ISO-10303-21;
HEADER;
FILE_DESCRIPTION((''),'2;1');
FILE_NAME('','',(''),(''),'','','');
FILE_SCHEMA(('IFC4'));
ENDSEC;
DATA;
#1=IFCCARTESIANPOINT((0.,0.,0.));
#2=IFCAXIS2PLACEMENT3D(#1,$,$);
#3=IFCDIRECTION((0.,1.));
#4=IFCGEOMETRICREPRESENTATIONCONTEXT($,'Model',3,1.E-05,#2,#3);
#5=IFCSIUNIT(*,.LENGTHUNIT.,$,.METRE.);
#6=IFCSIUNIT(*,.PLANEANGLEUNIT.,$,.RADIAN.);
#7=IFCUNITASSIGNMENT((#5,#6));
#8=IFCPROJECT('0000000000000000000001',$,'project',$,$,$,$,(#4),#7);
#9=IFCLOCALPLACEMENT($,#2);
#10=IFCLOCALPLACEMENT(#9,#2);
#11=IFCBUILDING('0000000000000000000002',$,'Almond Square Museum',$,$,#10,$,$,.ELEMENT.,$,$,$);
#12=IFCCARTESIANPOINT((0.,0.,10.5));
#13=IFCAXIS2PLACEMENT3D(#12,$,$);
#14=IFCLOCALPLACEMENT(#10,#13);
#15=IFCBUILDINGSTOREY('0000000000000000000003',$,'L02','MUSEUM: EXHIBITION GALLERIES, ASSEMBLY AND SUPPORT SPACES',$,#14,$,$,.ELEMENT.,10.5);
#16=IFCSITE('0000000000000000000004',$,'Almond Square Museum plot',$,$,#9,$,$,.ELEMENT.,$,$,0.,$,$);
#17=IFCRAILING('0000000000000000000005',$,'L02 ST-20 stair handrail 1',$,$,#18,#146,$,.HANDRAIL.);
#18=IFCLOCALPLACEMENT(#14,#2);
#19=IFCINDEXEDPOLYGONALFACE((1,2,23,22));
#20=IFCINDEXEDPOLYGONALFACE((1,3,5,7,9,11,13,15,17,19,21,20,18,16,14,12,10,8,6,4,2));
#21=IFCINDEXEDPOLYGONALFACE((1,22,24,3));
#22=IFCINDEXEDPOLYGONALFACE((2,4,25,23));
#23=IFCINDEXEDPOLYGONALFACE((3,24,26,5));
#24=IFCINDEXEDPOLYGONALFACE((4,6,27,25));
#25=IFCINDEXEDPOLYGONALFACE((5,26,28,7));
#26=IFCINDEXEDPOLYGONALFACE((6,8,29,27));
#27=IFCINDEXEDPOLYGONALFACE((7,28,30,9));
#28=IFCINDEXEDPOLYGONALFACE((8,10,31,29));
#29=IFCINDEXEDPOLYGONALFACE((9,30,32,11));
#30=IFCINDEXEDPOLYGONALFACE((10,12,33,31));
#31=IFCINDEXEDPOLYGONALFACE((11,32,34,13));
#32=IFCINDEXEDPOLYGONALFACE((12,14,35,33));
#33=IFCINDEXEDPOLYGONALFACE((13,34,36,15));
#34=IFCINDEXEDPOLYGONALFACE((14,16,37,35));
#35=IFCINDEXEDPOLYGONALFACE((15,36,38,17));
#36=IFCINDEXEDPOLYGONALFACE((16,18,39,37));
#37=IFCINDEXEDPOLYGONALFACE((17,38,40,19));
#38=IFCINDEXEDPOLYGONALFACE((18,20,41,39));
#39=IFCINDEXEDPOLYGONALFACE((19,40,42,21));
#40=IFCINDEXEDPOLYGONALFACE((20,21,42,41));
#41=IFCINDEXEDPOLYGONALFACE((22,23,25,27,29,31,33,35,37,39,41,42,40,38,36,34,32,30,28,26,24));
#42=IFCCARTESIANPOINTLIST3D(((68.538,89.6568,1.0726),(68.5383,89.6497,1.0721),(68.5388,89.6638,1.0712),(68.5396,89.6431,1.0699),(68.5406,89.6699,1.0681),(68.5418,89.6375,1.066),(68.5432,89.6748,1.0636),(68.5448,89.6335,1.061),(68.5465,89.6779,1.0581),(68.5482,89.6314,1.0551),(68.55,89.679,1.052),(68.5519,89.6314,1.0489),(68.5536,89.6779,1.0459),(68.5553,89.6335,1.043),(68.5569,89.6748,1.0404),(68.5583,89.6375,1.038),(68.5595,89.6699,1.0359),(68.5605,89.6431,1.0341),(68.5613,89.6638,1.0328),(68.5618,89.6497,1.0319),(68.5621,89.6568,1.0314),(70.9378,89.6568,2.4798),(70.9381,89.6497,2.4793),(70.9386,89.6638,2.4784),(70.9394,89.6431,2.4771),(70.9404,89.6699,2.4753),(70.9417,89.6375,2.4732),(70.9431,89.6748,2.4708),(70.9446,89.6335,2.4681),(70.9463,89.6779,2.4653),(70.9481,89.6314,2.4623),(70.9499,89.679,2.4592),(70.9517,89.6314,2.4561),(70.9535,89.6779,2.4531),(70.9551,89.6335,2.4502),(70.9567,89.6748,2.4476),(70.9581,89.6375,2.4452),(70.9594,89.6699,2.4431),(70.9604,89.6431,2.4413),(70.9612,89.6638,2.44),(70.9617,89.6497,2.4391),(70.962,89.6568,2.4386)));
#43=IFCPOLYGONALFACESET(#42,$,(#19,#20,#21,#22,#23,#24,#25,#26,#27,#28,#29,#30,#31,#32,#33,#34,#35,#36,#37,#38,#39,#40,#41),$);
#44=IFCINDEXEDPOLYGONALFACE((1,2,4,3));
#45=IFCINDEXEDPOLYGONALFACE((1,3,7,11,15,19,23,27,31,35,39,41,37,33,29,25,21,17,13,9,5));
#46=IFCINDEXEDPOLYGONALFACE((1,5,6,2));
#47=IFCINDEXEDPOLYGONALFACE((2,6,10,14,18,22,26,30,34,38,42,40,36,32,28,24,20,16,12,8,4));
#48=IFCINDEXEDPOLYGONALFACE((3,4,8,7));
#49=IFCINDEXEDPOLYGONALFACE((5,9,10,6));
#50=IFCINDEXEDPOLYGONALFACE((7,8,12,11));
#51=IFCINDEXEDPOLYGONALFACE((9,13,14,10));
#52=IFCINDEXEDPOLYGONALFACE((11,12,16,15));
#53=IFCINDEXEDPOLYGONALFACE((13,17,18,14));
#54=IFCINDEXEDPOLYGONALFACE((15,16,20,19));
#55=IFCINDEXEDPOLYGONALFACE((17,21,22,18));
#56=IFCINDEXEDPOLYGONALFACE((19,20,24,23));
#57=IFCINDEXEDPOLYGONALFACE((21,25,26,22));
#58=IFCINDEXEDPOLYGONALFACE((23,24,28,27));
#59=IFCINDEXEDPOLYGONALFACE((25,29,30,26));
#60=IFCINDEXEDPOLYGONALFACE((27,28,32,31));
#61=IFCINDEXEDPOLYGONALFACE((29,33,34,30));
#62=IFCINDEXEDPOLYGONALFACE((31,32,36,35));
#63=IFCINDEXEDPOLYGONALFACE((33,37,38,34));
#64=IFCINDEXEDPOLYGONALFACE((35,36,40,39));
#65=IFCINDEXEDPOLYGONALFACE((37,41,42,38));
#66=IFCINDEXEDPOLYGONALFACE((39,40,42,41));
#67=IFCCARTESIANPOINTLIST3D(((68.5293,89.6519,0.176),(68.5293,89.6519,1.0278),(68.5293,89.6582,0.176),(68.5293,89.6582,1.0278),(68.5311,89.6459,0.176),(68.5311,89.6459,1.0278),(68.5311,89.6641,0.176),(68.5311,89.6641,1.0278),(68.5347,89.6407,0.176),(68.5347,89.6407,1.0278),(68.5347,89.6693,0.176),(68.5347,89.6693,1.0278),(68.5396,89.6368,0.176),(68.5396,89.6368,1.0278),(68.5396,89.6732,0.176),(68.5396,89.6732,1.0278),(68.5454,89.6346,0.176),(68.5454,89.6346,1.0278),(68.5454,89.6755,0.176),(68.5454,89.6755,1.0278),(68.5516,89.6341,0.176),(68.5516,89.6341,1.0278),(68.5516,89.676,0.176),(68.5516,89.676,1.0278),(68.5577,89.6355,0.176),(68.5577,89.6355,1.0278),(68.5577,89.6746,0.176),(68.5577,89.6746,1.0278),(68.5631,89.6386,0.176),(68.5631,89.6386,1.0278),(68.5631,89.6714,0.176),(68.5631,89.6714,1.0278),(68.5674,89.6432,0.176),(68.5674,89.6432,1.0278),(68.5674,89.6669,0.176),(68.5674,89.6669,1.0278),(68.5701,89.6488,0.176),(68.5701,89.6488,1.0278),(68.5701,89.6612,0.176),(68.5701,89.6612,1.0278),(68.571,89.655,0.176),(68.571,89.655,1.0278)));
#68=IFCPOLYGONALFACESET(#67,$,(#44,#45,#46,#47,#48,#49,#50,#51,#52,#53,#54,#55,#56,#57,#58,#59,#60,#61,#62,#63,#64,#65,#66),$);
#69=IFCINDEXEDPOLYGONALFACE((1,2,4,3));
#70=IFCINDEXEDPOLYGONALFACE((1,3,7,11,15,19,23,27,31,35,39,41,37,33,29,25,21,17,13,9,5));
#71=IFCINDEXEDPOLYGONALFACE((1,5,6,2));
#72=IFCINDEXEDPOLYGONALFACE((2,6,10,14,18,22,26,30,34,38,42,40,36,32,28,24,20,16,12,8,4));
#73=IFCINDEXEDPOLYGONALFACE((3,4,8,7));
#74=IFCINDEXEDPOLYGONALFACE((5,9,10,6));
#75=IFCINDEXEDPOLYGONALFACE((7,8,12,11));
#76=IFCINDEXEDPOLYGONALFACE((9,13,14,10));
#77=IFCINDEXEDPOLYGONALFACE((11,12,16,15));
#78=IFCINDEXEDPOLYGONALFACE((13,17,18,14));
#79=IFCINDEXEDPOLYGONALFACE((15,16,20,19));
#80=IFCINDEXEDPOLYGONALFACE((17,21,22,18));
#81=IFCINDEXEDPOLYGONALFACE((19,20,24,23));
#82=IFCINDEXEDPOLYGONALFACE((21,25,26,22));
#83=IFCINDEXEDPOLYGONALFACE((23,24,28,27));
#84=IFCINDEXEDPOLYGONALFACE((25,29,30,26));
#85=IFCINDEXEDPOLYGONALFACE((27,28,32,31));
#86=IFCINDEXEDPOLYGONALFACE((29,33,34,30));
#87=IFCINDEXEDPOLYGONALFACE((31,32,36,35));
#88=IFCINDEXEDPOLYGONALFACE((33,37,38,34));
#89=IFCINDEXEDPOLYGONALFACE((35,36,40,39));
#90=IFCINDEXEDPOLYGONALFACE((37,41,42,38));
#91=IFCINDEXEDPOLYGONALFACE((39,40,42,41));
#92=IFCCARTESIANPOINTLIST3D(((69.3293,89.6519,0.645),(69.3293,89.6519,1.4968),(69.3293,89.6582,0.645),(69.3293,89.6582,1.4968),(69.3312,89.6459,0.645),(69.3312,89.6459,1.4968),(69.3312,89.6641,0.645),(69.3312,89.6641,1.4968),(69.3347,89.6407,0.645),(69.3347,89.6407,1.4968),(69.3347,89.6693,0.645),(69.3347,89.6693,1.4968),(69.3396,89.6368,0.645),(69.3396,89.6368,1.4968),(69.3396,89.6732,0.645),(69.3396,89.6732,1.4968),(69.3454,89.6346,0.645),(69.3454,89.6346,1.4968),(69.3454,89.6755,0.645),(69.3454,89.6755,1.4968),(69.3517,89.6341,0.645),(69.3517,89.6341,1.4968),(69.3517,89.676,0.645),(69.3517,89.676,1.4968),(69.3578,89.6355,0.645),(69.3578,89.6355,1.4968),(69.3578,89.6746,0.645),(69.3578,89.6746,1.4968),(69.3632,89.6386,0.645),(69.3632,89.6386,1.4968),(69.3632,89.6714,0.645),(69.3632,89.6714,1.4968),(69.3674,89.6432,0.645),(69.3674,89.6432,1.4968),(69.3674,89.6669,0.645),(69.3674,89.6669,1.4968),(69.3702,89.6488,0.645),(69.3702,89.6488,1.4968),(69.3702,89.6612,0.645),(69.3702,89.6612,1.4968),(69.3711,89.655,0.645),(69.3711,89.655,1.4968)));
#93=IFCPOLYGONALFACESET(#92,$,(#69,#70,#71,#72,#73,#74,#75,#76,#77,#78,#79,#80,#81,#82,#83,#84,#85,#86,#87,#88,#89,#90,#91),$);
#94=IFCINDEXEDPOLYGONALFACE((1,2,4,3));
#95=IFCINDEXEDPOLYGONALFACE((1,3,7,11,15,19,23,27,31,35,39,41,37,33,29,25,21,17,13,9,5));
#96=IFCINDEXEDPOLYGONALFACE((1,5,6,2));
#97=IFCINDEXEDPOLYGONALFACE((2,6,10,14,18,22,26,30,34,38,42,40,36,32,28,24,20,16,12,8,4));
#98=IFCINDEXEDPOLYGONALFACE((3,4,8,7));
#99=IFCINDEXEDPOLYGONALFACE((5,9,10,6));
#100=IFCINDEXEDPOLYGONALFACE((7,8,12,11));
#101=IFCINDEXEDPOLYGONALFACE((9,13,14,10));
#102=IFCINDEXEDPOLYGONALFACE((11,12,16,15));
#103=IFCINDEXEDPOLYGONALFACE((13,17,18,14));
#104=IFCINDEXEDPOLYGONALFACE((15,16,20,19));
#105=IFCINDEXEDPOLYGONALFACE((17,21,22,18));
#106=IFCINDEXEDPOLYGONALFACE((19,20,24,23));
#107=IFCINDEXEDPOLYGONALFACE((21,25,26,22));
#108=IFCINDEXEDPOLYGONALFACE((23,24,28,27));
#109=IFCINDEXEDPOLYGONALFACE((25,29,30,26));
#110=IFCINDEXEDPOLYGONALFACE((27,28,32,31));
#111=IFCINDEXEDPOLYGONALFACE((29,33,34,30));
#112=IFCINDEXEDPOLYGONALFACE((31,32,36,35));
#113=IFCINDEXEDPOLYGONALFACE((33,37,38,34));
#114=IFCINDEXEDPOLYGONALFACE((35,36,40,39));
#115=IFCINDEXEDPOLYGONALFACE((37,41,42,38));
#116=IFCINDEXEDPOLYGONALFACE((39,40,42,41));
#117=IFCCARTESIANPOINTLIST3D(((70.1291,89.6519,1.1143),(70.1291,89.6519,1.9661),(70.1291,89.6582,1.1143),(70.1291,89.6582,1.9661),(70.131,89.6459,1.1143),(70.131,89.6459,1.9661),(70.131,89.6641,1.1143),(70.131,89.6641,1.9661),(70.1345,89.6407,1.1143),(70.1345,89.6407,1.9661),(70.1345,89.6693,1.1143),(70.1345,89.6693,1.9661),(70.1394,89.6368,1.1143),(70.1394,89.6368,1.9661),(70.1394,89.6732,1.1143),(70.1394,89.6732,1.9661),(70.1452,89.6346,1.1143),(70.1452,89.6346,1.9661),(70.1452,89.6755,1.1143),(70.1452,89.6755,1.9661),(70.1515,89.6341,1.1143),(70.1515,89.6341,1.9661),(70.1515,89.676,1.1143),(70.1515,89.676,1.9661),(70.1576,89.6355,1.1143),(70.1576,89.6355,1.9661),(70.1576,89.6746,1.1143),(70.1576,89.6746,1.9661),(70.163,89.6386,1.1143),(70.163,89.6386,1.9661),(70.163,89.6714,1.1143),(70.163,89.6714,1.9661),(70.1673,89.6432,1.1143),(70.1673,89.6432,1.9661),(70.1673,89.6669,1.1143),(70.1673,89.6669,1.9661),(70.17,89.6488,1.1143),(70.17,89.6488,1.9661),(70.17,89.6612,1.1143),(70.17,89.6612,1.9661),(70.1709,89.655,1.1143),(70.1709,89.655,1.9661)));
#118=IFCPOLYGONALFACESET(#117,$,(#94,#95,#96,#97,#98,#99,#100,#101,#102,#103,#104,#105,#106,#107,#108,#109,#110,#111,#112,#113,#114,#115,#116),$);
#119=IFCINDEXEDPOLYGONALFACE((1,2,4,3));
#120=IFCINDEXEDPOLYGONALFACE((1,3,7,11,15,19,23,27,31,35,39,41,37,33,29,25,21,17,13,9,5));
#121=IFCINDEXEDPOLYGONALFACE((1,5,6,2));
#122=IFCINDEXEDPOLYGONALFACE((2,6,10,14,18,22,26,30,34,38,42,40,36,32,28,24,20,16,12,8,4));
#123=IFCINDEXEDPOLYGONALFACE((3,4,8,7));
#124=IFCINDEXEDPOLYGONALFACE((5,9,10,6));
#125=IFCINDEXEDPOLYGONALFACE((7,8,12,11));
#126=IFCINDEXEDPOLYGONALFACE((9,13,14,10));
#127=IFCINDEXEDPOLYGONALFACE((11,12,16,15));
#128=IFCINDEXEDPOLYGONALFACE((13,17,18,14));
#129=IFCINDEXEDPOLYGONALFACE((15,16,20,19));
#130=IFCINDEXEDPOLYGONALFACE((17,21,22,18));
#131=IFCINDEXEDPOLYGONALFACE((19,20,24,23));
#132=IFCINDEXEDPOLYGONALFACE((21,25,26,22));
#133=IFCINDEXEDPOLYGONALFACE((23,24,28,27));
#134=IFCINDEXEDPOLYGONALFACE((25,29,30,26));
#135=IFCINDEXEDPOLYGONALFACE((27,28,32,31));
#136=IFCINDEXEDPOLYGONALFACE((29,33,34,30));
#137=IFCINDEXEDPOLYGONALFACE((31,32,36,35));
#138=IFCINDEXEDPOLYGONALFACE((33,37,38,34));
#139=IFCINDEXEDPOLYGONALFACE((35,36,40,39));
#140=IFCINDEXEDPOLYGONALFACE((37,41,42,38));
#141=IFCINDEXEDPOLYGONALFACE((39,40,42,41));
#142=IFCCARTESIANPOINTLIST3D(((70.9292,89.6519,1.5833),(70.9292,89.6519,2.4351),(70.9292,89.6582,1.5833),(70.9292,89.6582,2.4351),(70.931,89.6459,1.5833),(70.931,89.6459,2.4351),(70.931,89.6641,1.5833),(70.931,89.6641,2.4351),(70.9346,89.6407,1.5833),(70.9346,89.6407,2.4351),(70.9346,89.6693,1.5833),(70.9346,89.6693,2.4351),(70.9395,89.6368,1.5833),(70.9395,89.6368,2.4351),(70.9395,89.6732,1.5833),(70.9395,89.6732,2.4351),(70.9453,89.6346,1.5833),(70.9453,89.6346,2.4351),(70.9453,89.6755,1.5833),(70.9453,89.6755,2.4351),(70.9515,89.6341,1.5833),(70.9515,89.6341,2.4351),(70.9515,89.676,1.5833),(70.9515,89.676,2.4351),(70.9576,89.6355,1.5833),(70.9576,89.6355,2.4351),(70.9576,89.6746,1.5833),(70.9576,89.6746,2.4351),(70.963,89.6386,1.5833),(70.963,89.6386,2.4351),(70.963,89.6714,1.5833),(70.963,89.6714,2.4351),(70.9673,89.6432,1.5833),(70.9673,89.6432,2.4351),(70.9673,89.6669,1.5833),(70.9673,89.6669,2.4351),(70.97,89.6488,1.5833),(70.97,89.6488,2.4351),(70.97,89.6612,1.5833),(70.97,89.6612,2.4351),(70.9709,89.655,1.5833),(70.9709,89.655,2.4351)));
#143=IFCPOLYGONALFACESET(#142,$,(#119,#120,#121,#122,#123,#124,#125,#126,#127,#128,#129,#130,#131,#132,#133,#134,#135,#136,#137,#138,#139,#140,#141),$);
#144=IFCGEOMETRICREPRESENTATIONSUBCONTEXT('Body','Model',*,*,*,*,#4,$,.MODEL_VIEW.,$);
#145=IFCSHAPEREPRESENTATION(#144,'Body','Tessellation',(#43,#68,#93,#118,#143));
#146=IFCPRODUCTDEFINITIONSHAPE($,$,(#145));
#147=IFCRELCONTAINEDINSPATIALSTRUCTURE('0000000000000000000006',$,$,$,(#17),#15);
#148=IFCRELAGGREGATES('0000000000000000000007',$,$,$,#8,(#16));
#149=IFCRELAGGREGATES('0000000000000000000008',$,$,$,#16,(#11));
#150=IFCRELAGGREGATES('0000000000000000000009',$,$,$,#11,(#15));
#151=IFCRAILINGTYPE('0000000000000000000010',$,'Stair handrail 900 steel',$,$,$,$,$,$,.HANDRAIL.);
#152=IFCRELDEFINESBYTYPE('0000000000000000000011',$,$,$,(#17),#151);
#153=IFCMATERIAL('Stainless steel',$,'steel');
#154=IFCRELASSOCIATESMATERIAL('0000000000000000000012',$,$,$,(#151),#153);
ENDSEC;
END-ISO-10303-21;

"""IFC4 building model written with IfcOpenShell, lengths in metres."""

from ifc_helpers import new_model, si_unit, direction, frame, origin, origin_2d, place, context, subcontext, project, spatial, circle, extrude, material, type_object, element, save


model = new_model("IFC4")

# Units and contexts
model_context = context("Model", 3, precision=1e-05, world=origin(), true_north=direction((0.0, 1.0)))
body_context = subcontext(model_context, "Body", "Model", "MODEL_VIEW")
ifc_project = project(units=[si_unit("LENGTHUNIT", "METRE"), si_unit("PLANEANGLEUNIT", "RADIAN")], contexts=[model_context])

# Site, building, storey
site_placement = place(None, origin())
site = spatial("IfcSite", under=ifc_project, at=site_placement, Name="Almond Square Museum plot", CompositionType="ELEMENT", RefElevation=0.0)
building_placement = place(site_placement, origin())
building = spatial("IfcBuilding", under=site, at=building_placement, Name="Almond Square Museum", CompositionType="ELEMENT")
storey_placement = place(building_placement, frame((0.0, 0.0, 10.5)))
storey = spatial("IfcBuildingStorey", under=building, at=storey_placement, Name="L02", Description="MUSEUM: EXHIBITION GALLERIES, ASSEMBLY AND SUPPORT SPACES", CompositionType="ELEMENT", Elevation=10.5)

# Railing
ifc_material_1 = material(Name="Stainless steel", Category="steel")
railing_type_1 = type_object("IfcRailingType", Name="Stair handrail 900 steel", PredefinedType="HANDRAIL", material=ifc_material_1)
railing_1_placement = place(storey_placement, frame((68.55, 89.655, 0.176)))
element("IfcRailing", 1, at=railing_1_placement, inside=storey, type_object=railing_type_1, Name="L02 ST-20 stair handrail 1", PredefinedType="HANDRAIL", context=body_context, shape_type="SweptSolid", body=[
    extrude(circle(Radius=0.0239, at=origin_2d()), frame((0.0, 0.0, 0.876), z_axis=(0.862637, 0.0, 0.505823), x_axis=(0.0, 1.0, 0.0)), (0.0, 0.0, 1.0), 2.782),
    extrude(circle(Radius=0.021, at=origin_2d()), origin(), (0.0, 0.0, 1.0), 0.8518),
    extrude(circle(Radius=0.021, at=origin_2d()), frame((0.8, 0.0, 0.469)), (0.0, 0.0, 1.0), 0.8518),
    extrude(circle(Radius=0.021, at=origin_2d()), frame((1.5999, 0.0, 0.9382)), (0.0, 0.0, 1.0), 0.8518),
    extrude(circle(Radius=0.021, at=origin_2d()), frame((2.3999, 0.0, 1.4072)), (0.0, 0.0, 1.0), 0.8518),
])

save(model, "model.ifc")
